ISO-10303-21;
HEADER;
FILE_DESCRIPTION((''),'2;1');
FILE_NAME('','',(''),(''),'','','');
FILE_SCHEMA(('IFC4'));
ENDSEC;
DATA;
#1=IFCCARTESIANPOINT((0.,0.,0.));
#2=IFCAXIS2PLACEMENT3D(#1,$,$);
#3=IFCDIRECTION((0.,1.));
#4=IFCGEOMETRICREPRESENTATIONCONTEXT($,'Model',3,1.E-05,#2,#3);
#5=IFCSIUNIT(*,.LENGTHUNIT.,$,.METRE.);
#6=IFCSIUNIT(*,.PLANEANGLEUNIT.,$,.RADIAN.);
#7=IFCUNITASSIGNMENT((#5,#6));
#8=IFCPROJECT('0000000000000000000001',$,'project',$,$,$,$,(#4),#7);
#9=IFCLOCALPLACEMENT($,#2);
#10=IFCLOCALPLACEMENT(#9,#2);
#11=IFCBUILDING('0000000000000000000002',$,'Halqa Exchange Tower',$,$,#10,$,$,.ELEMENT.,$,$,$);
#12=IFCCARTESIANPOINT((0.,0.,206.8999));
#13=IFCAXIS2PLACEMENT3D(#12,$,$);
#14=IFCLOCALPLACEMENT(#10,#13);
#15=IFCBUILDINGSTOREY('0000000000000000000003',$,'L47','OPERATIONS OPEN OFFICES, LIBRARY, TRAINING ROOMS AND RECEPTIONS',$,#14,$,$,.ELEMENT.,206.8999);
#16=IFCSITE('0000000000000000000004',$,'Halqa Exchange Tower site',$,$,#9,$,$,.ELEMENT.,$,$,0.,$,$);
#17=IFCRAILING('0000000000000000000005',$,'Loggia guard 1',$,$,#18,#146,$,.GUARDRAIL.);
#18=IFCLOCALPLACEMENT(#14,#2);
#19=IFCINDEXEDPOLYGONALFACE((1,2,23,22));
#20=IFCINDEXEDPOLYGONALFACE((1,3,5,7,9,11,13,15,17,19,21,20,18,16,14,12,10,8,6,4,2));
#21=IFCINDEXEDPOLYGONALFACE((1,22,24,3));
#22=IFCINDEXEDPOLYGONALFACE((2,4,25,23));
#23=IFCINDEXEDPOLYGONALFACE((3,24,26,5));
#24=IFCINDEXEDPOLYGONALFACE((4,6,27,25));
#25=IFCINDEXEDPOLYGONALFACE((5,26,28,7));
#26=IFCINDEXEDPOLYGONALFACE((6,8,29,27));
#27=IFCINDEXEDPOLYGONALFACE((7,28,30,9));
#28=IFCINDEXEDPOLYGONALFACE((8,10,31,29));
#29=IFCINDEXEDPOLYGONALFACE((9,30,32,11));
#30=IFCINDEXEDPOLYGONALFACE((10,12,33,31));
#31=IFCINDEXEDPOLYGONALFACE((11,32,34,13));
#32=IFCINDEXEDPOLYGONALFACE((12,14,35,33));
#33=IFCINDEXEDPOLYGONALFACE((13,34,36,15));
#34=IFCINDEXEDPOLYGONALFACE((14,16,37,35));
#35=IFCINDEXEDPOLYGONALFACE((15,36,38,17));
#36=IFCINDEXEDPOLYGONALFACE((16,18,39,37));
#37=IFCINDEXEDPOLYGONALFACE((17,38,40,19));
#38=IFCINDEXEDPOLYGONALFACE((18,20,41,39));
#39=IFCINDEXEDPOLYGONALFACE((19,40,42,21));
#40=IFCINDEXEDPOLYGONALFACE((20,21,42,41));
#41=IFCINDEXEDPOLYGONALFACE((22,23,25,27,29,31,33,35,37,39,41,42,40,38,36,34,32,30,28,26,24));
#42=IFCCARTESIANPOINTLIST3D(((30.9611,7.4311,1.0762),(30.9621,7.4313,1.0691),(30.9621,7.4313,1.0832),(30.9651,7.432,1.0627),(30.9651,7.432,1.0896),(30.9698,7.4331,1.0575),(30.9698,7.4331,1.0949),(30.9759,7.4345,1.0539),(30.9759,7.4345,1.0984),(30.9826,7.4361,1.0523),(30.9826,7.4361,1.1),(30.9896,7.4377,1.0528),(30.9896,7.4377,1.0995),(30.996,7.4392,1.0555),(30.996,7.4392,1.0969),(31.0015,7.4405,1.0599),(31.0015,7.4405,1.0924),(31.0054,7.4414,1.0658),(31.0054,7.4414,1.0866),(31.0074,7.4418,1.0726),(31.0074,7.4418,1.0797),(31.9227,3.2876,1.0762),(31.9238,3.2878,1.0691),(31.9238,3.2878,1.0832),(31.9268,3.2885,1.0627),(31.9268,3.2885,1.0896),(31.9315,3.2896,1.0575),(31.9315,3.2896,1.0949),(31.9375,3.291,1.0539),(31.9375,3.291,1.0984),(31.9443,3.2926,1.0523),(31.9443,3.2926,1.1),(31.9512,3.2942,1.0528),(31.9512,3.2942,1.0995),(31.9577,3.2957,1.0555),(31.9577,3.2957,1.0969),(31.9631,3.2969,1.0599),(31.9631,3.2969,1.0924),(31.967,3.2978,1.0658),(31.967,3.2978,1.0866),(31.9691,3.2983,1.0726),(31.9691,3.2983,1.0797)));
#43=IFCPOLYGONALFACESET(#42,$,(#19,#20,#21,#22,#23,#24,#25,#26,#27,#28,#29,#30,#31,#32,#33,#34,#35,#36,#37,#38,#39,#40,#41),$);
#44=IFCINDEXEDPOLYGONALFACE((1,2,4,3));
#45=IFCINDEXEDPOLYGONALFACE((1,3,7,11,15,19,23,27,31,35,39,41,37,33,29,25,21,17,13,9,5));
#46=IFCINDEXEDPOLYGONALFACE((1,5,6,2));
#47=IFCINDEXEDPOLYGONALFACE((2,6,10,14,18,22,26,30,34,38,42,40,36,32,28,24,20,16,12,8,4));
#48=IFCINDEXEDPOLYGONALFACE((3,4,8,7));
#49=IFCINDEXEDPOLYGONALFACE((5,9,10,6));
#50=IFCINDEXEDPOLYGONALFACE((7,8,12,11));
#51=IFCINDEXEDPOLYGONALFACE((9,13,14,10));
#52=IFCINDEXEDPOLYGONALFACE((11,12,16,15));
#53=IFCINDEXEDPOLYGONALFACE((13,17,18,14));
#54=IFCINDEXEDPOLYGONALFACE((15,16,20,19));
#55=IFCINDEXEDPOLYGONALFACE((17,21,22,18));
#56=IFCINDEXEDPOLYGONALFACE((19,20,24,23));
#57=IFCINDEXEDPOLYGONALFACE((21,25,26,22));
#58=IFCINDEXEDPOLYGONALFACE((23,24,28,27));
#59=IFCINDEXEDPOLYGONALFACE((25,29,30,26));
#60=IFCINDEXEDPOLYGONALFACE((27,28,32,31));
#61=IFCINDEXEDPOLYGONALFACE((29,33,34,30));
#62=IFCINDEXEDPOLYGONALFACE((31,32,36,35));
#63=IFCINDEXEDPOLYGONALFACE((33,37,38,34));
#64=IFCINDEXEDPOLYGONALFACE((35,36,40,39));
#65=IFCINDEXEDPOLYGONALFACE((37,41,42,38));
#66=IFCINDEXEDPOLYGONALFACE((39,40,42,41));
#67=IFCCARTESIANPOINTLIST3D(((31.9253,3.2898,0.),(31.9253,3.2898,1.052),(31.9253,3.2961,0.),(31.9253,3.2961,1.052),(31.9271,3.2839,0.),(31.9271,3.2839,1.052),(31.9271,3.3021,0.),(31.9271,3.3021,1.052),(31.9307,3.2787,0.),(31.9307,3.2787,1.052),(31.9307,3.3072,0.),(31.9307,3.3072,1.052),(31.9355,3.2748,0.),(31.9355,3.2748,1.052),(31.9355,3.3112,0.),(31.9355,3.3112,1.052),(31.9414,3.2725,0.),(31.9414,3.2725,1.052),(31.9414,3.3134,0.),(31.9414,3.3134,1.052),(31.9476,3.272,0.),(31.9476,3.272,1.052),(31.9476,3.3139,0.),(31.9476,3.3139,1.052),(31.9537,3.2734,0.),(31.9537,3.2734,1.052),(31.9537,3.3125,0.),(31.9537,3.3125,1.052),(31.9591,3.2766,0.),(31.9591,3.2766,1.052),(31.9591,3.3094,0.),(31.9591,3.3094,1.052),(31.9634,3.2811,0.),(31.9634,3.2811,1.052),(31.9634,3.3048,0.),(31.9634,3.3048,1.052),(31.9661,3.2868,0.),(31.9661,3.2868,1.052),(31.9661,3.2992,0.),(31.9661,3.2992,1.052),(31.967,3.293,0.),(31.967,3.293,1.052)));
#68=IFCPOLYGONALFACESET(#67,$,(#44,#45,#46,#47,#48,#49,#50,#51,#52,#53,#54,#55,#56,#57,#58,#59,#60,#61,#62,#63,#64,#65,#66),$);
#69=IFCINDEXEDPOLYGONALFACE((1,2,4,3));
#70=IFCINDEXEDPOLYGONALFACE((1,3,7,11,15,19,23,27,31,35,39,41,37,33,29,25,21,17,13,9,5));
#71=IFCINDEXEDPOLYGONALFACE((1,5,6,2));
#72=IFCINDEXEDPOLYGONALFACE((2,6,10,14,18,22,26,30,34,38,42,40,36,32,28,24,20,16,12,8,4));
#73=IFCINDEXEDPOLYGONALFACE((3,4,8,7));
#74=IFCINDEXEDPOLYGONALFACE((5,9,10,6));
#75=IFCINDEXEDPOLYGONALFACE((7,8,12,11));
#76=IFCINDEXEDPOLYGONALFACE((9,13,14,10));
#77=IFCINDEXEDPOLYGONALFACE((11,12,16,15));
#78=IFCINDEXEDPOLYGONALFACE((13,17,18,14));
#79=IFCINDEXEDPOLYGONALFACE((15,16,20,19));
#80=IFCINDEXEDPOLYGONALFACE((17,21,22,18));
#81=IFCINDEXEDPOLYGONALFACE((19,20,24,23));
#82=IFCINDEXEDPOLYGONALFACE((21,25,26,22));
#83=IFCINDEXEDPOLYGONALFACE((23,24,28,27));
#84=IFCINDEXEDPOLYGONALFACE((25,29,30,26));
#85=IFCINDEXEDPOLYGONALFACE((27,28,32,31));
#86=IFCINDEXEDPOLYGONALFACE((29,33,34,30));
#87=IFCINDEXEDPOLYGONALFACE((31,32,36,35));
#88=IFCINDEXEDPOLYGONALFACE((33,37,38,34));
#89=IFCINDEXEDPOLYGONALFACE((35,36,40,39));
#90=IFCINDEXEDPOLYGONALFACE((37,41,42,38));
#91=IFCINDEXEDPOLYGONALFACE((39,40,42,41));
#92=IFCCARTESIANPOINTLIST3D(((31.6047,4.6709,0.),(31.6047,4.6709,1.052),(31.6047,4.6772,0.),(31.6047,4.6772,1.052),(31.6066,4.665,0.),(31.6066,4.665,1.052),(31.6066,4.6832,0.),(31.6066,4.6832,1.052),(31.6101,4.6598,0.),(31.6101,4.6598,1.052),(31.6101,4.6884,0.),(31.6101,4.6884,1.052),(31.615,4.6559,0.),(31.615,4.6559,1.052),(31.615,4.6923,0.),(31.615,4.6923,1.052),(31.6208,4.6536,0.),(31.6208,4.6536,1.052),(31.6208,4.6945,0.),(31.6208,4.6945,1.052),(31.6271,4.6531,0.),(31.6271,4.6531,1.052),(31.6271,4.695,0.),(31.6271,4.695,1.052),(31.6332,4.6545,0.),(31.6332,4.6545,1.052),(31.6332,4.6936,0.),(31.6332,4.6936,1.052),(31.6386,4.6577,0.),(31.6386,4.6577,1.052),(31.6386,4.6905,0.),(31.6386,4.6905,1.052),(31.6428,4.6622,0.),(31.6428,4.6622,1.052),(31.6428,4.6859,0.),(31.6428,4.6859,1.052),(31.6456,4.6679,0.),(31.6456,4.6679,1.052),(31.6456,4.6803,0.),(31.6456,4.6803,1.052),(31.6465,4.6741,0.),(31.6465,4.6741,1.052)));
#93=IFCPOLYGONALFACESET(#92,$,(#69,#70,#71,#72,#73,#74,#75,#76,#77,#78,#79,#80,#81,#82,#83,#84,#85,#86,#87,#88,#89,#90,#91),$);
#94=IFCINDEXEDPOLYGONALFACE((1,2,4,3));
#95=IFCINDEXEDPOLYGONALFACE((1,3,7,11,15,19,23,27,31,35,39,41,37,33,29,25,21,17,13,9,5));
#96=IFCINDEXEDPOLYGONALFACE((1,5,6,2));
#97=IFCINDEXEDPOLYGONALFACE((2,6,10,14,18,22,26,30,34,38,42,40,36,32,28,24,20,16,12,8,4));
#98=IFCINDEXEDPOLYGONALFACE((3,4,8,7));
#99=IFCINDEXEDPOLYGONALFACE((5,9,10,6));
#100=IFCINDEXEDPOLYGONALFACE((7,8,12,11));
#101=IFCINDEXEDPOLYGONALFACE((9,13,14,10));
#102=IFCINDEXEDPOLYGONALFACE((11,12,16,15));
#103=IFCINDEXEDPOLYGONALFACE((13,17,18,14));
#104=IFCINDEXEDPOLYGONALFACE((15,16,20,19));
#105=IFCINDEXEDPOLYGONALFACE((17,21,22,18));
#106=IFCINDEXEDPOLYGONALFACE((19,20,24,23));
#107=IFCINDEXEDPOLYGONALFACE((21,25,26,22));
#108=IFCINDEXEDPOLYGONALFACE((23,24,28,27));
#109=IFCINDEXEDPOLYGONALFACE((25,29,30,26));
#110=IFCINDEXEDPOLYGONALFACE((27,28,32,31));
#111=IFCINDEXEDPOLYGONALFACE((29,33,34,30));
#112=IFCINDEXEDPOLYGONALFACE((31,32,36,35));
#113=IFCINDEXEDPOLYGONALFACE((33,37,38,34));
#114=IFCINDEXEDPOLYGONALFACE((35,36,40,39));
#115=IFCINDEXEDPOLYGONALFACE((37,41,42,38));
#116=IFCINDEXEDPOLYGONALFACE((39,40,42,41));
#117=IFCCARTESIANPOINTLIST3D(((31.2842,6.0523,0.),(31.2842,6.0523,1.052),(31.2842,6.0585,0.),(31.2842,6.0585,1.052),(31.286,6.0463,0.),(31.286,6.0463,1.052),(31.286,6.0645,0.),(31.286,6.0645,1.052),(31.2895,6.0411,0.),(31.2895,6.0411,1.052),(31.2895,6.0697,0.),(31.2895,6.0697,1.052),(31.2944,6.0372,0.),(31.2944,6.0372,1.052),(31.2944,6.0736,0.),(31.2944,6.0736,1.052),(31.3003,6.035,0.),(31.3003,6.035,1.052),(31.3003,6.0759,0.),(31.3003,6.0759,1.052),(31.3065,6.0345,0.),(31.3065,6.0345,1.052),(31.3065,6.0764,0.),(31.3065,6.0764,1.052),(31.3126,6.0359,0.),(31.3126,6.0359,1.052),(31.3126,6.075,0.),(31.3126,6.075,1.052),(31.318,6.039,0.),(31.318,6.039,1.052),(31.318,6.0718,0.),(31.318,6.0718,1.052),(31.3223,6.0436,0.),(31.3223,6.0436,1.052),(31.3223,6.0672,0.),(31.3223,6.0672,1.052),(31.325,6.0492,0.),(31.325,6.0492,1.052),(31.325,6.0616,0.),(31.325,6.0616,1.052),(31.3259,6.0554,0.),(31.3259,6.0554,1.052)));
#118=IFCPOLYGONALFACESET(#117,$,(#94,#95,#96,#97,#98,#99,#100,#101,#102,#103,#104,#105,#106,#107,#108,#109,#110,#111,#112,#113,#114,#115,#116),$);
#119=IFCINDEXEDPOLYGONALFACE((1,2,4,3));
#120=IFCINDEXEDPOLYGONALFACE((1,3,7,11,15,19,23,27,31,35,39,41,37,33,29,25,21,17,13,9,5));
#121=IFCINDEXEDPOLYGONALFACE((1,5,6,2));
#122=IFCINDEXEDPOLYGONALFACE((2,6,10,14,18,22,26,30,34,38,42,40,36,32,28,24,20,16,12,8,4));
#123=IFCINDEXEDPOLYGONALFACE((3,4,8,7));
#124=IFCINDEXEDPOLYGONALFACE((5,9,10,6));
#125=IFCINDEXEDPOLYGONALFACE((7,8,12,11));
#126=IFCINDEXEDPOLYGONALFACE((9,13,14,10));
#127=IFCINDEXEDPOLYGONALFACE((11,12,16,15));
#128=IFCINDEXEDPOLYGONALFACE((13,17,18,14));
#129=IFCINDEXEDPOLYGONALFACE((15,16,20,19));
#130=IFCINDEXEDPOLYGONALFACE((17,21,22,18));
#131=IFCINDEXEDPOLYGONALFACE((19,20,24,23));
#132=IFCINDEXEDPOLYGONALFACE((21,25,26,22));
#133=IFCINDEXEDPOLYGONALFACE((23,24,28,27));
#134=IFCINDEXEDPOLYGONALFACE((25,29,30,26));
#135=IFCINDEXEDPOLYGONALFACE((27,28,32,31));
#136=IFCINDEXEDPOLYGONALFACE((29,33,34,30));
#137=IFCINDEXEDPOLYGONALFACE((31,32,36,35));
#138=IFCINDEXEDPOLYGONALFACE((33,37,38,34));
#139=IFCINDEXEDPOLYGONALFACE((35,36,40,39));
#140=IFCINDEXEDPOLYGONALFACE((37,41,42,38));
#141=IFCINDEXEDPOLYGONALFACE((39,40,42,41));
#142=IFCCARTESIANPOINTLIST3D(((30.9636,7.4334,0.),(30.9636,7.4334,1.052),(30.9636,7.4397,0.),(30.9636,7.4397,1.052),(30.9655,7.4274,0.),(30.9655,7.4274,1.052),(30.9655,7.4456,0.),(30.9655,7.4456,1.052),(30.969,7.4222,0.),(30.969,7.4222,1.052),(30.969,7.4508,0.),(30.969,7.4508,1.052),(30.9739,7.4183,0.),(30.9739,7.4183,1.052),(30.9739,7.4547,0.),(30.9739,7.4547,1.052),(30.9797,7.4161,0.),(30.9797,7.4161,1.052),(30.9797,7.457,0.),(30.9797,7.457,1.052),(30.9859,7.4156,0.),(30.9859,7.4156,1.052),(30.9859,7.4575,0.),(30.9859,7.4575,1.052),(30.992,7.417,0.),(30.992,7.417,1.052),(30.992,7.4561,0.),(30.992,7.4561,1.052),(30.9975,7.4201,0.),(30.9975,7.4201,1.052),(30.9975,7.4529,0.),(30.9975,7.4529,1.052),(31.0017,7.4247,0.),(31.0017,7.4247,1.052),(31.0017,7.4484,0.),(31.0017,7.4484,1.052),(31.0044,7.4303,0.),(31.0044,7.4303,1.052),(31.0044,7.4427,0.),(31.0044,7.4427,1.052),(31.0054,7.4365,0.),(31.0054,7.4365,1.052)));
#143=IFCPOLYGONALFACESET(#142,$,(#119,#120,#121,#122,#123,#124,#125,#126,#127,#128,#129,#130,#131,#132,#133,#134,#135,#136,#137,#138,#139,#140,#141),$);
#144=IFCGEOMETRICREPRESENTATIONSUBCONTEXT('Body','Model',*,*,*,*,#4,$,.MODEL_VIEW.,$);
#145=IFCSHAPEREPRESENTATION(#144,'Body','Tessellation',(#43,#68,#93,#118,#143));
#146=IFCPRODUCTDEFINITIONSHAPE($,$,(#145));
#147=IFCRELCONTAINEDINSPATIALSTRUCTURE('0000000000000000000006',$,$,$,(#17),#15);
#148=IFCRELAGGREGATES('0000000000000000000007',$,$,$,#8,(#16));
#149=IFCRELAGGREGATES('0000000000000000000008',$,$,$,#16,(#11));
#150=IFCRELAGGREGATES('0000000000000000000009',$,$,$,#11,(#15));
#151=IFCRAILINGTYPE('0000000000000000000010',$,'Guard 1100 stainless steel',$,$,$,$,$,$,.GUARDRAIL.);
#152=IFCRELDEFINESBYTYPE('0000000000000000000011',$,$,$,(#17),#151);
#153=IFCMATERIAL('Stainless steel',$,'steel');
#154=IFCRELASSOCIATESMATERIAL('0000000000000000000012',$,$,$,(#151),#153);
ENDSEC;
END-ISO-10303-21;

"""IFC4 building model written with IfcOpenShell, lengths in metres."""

from ifc_helpers import new_model, si_unit, direction, frame, origin, origin_2d, place, context, subcontext, project, spatial, circle, extrude, material, type_object, element, save


model = new_model("IFC4")

# Units and contexts
model_context = context("Model", 3, precision=1e-05, world=origin(), true_north=direction((0.0, 1.0)))
body_context = subcontext(model_context, "Body", "Model", "MODEL_VIEW")
ifc_project = project(units=[si_unit("LENGTHUNIT", "METRE"), si_unit("PLANEANGLEUNIT", "RADIAN")], contexts=[model_context])

# Site, building, storey
site_placement = place(None, origin())
site = spatial("IfcSite", under=ifc_project, at=site_placement, Name="Halqa Exchange Tower site", CompositionType="ELEMENT", RefElevation=0.0)
building_placement = place(site_placement, origin())
building = spatial("IfcBuilding", under=site, at=building_placement, Name="Halqa Exchange Tower", CompositionType="ELEMENT")
storey_placement = place(building_placement, frame((0.0, 0.0, 206.8999)))
storey = spatial("IfcBuildingStorey", under=building, at=storey_placement, Name="L47", Description="OPERATIONS OPEN OFFICES, LIBRARY, TRAINING ROOMS AND RECEPTIONS", CompositionType="ELEMENT", Elevation=206.8999)

# Railing
ifc_material_1 = material(Name="Stainless steel", Category="steel")
railing_type = type_object("IfcRailingType", Name="Guard 1100 stainless steel", PredefinedType="GUARDRAIL", material=ifc_material_1)
railing_1_placement = place(storey_placement, frame((31.946, 3.293, 0.0)))
element("IfcRailing", 1, at=railing_1_placement, inside=storey, type_object=railing_type, Name="Loggia guard 1", PredefinedType="GUARDRAIL", context=body_context, shape_type="SweptSolid", body=[
    extrude(circle(Radius=0.0239, at=origin_2d()), frame((0.0, 0.0, 1.0762), z_axis=(-0.226079, 0.974109, 0.0), x_axis=(-0.974109, -0.226079, 0.0)), (0.0, 0.0, 1.0), 4.2537),
    extrude(circle(Radius=0.021, at=origin_2d()), origin(), (0.0, 0.0, 1.0), 1.052),
    extrude(circle(Radius=0.021, at=origin_2d()), frame((-0.3206, 1.3811, 0.0)), (0.0, 0.0, 1.0), 1.052),
    extrude(circle(Radius=0.021, at=origin_2d()), frame((-0.6411, 2.7625, 0.0)), (0.0, 0.0, 1.0), 1.052),
    extrude(circle(Radius=0.021, at=origin_2d()), frame((-0.9617, 4.1436, 0.0)), (0.0, 0.0, 1.0), 1.052),
])

save(model, "model.ifc")
